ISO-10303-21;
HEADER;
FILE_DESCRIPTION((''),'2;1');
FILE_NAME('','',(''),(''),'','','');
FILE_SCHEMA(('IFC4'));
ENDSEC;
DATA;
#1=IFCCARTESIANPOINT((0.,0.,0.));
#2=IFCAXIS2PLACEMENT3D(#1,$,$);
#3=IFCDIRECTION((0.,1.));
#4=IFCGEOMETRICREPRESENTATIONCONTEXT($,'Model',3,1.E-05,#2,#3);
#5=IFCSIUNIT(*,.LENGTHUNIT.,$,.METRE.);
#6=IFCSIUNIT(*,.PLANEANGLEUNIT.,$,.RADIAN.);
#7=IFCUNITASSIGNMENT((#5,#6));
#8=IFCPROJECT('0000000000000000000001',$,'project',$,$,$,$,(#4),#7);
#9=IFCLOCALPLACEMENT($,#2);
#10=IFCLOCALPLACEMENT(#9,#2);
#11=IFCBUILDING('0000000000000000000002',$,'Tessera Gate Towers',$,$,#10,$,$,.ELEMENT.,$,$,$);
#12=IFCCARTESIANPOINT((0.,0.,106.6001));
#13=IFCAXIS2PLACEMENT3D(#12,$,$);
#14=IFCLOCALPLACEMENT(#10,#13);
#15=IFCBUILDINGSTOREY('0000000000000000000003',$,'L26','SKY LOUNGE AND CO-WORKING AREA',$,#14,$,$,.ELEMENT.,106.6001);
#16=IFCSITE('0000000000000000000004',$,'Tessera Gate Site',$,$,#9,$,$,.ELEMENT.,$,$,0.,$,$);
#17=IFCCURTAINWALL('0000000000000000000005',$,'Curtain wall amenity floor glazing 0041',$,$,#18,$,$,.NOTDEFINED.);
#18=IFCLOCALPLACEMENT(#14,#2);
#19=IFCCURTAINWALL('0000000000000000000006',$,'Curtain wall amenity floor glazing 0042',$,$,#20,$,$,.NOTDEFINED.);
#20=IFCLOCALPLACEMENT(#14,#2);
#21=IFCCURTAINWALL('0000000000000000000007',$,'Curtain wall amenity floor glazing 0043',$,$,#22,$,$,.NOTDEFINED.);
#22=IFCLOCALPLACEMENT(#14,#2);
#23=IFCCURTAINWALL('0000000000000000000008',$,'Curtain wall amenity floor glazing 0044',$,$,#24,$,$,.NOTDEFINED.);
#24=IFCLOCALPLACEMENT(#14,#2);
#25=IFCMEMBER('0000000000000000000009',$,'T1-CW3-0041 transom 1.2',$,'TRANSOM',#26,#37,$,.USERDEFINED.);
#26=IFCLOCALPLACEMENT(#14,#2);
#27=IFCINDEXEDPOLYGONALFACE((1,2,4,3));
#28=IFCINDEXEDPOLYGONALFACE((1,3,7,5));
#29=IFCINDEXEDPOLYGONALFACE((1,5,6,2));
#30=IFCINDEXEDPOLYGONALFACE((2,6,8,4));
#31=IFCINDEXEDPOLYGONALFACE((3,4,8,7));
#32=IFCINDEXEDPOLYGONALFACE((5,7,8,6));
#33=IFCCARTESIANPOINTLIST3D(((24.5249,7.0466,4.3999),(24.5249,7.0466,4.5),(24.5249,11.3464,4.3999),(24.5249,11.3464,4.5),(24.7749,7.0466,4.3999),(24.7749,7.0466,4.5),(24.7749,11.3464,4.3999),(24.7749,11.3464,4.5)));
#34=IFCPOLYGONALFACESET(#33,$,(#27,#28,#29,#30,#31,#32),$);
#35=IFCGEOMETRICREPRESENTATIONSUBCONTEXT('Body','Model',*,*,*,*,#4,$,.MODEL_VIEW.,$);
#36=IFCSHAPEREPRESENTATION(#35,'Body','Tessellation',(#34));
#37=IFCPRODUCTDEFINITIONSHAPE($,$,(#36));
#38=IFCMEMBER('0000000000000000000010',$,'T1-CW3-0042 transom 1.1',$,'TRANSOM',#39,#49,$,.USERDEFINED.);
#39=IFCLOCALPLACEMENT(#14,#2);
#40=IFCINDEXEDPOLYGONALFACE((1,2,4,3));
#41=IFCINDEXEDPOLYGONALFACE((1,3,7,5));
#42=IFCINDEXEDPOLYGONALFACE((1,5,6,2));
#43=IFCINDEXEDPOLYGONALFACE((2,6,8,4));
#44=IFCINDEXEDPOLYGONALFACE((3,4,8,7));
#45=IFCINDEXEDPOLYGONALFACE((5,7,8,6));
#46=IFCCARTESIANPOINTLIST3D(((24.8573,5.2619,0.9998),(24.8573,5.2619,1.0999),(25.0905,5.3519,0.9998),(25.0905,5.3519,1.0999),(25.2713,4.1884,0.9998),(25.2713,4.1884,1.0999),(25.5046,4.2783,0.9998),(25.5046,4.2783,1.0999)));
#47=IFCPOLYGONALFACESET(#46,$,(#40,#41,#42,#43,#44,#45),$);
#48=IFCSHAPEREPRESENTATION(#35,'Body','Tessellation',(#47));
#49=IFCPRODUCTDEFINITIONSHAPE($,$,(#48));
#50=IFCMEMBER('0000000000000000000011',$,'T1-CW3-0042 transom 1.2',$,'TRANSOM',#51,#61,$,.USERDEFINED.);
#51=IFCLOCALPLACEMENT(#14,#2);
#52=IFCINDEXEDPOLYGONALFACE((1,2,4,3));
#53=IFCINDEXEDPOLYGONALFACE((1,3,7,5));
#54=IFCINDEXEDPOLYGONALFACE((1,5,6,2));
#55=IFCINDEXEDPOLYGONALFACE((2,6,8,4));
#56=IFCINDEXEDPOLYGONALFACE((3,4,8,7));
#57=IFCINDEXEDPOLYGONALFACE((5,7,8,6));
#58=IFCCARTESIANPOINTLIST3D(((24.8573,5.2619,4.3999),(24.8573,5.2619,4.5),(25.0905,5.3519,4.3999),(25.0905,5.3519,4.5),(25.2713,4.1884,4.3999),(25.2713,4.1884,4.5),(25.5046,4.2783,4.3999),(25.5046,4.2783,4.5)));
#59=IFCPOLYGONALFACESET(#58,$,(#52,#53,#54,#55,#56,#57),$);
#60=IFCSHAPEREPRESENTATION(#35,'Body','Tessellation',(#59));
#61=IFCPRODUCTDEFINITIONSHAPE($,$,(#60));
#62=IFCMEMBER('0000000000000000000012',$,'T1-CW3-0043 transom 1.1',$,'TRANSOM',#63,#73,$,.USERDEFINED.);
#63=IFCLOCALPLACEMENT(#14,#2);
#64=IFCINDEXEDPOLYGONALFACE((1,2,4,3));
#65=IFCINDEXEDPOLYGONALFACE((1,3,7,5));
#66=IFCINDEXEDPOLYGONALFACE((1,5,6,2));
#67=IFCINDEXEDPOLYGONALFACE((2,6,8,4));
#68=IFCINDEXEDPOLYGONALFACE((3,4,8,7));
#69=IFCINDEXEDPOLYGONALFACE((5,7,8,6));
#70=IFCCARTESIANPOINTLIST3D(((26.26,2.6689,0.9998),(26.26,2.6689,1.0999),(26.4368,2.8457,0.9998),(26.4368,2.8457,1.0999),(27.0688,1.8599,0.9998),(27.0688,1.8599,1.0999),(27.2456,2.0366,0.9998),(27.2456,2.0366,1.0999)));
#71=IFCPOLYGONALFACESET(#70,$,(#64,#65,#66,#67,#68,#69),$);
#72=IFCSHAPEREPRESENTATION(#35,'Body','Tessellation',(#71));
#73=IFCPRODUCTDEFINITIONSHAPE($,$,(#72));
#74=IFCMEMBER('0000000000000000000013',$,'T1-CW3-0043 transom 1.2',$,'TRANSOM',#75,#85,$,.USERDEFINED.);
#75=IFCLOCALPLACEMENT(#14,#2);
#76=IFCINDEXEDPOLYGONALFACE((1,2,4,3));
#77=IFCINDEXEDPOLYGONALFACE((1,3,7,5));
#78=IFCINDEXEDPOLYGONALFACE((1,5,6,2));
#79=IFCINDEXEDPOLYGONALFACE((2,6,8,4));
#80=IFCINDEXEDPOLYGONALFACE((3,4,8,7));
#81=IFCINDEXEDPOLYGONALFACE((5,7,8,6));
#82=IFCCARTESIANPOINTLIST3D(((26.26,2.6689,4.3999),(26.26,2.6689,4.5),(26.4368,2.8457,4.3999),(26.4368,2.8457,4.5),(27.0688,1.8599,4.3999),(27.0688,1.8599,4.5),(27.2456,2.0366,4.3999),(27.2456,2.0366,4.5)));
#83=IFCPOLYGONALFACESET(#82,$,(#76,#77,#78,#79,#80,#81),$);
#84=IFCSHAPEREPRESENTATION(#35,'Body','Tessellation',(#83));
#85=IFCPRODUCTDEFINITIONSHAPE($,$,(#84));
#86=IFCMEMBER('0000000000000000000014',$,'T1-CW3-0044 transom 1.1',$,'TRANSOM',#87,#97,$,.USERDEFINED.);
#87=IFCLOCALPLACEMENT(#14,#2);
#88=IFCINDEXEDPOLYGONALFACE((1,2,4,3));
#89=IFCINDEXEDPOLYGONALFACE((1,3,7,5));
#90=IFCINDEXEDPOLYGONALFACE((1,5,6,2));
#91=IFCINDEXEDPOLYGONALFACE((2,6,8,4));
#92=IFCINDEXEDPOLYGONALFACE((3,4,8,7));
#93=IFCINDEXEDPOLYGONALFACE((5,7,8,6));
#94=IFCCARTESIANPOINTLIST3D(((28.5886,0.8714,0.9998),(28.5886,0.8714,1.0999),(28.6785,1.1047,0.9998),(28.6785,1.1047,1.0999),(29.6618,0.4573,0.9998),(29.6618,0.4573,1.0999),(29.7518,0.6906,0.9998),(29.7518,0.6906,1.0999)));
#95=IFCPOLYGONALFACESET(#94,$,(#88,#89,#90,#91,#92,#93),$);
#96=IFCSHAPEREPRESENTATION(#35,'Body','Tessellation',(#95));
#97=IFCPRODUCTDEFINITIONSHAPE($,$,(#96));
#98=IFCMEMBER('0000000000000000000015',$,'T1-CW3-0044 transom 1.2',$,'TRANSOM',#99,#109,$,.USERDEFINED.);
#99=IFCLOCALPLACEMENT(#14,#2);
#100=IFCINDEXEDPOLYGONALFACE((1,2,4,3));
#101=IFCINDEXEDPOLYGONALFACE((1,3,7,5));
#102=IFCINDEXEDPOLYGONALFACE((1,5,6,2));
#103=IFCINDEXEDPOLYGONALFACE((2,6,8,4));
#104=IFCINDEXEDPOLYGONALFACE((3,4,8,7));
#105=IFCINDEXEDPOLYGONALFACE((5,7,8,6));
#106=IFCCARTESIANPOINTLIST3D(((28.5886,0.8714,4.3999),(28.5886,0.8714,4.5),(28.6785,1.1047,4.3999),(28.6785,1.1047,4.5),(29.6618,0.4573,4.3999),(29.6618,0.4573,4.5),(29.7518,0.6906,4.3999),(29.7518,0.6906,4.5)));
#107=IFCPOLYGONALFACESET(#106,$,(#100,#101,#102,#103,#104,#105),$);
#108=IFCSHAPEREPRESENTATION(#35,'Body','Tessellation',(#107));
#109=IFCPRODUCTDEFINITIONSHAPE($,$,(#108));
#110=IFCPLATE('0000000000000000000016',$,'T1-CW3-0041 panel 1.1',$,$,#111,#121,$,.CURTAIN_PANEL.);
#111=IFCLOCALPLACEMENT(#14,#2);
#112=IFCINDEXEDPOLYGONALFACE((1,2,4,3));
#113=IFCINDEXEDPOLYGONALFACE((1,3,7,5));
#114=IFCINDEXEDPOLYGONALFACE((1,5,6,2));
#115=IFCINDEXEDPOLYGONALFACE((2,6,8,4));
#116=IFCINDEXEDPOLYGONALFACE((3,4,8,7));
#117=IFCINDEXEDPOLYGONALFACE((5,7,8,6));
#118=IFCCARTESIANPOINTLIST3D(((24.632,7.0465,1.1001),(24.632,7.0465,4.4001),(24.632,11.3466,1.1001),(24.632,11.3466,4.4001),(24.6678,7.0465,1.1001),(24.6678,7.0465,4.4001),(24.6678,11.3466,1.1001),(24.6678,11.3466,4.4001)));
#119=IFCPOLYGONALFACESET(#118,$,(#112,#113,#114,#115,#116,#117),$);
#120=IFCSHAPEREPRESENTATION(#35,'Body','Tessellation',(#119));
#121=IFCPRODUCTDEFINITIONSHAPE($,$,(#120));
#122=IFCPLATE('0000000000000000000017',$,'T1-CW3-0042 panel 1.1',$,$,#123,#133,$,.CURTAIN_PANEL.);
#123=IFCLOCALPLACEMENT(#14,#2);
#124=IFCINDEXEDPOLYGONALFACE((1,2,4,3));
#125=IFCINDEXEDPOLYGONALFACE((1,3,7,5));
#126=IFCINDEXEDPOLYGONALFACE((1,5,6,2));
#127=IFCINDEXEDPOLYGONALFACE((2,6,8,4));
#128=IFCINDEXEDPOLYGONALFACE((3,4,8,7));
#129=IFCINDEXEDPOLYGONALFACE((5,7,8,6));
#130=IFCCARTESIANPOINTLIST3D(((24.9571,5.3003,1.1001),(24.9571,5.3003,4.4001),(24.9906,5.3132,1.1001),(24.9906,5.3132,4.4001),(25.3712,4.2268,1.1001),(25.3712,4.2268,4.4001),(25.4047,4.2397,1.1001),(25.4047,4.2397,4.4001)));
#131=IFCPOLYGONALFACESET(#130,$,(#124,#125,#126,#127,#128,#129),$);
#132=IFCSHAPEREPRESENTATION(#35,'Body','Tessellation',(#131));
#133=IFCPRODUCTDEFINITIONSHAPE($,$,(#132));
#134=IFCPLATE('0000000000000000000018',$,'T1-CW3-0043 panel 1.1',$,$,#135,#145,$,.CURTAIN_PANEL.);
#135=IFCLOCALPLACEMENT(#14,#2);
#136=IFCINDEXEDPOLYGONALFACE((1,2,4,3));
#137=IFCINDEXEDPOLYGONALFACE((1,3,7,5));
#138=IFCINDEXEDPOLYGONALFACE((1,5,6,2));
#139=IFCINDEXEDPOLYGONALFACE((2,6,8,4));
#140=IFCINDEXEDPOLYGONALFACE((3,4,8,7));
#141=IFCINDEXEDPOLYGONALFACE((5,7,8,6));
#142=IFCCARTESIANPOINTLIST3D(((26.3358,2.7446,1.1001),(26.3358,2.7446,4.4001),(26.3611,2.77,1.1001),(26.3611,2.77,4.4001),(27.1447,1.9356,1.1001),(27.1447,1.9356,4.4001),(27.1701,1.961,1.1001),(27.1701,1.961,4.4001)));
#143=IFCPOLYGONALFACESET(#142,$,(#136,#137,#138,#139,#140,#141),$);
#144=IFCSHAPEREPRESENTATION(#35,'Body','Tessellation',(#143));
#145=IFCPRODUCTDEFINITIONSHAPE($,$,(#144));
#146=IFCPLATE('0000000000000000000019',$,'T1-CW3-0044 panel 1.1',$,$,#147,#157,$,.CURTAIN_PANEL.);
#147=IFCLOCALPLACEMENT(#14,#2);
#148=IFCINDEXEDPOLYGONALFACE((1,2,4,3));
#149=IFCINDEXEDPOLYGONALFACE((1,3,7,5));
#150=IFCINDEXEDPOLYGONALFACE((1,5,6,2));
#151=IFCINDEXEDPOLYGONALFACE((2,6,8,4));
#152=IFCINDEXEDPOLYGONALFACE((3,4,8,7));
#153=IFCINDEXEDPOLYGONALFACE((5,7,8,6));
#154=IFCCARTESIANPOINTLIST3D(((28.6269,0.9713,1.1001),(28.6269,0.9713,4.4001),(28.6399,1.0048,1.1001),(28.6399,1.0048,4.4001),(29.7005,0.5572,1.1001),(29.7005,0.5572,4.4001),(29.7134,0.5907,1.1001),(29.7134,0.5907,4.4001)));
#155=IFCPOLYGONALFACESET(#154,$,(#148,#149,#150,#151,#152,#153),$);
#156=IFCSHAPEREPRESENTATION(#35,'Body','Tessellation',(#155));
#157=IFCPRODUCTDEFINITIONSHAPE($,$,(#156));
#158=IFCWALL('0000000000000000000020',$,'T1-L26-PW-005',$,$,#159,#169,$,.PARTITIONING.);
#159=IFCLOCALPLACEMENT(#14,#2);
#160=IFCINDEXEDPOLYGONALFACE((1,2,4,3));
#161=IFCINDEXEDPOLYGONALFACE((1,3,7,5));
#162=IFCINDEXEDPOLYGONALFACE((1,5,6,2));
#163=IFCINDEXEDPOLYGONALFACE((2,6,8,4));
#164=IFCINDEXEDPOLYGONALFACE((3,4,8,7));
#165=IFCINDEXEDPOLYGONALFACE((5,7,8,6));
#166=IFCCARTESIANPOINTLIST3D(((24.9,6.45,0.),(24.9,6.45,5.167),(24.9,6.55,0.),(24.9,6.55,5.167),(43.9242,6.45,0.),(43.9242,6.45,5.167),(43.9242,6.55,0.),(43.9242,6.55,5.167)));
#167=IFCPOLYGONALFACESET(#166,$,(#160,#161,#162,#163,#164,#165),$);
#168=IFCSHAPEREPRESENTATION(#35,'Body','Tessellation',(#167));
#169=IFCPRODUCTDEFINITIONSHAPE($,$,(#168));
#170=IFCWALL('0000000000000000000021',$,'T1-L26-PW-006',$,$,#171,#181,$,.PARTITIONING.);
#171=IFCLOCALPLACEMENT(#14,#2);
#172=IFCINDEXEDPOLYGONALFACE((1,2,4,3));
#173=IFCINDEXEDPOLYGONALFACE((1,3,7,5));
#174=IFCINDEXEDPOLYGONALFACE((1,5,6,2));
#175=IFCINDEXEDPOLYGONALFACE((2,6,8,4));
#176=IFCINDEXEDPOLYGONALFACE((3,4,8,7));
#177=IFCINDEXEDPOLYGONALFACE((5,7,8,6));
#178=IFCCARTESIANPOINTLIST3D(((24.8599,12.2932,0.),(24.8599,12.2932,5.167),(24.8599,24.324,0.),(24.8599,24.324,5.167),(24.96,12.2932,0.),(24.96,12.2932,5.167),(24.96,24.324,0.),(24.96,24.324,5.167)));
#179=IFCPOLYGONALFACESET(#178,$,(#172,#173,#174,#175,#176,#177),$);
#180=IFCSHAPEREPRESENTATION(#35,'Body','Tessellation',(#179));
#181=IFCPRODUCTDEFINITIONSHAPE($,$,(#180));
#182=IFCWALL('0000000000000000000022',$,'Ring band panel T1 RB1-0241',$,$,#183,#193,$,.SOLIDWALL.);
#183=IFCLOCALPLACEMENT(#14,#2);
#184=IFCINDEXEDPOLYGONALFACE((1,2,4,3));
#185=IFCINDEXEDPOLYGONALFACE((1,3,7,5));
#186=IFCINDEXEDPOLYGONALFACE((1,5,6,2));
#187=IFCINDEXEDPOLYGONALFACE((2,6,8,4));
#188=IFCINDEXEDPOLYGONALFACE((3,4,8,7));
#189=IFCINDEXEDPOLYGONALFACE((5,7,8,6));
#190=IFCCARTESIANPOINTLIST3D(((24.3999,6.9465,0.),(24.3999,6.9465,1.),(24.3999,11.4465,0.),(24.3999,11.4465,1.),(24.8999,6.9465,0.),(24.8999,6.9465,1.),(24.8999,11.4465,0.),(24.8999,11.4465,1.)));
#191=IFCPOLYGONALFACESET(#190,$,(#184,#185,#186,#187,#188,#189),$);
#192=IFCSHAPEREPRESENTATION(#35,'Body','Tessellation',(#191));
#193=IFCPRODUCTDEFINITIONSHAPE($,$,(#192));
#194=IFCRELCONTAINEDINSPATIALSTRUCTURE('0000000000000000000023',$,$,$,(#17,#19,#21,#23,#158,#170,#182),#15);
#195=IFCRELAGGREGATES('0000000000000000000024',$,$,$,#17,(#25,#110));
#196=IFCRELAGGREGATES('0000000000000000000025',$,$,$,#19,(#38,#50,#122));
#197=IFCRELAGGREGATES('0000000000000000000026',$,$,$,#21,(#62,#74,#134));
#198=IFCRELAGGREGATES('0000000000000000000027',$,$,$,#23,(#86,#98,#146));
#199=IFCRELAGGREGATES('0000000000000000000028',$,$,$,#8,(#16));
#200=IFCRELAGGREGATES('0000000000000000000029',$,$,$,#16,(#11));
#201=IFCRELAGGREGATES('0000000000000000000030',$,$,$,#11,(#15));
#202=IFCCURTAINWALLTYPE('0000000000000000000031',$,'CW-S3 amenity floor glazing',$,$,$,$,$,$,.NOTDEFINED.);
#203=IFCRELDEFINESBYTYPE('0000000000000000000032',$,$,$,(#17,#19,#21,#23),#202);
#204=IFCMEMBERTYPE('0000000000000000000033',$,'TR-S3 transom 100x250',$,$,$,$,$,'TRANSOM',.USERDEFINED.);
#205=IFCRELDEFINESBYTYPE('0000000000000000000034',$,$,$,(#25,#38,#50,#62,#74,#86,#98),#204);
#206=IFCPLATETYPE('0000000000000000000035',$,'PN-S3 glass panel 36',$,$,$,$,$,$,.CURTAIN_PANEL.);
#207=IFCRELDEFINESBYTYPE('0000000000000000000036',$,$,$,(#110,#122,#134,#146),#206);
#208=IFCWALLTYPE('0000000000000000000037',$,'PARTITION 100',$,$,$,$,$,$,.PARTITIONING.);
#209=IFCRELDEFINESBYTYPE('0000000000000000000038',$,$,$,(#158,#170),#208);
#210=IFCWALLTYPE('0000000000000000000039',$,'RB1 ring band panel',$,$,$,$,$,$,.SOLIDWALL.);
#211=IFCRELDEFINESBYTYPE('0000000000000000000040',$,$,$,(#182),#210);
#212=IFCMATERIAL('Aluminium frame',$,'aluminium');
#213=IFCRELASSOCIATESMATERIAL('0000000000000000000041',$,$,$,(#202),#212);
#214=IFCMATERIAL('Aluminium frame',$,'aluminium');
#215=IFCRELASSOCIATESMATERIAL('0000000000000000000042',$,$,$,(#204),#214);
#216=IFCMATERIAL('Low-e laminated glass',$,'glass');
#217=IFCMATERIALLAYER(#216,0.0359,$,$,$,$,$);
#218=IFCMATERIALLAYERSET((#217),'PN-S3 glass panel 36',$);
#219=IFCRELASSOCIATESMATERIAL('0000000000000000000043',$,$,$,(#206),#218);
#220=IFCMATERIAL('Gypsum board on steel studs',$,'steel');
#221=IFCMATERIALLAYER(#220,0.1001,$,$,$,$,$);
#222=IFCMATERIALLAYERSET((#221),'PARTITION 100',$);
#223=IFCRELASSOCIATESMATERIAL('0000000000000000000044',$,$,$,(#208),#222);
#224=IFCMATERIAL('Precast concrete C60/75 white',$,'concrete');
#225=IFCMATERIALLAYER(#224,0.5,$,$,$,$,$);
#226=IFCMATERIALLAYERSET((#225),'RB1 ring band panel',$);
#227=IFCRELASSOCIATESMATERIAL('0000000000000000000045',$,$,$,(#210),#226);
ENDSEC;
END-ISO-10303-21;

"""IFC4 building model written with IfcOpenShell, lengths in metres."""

from ifc_helpers import new_model, si_unit, direction, frame, frame_2d, origin, origin_2d, place, context, subcontext, project, spatial, polyline, rectangle, outline, extrude, source, transform, mapped, material, layer, layer_set, material_profile, profile_set, type_object, element, aggregate, save


model = new_model("IFC4")

# Units and contexts
model_context = context("Model", 3, precision=1e-05, world=origin(), true_north=direction((0.0, 1.0)))
body_context = subcontext(model_context, "Body", "Model", "MODEL_VIEW")
ifc_project = project(units=[si_unit("LENGTHUNIT", "METRE"), si_unit("PLANEANGLEUNIT", "RADIAN")], contexts=[model_context])

# Site, building, storey
site_placement = place(None, origin())
site = spatial("IfcSite", under=ifc_project, at=site_placement, Name="Tessera Gate Site", CompositionType="ELEMENT", RefElevation=0.0)
building_placement = place(site_placement, origin())
building = spatial("IfcBuilding", under=site, at=building_placement, Name="Tessera Gate Towers", CompositionType="ELEMENT")
storey_placement = place(building_placement, frame((0.0, 0.0, 106.6001)))
storey = spatial("IfcBuildingStorey", under=building, at=storey_placement, Name="L26", Description="SKY LOUNGE AND CO-WORKING AREA", CompositionType="ELEMENT", Elevation=106.6001)

# Curtain walls
ifc_material_1 = material(Name="Aluminium frame", Category="aluminium")
curtain_wall_type = type_object("IfcCurtainWallType", Name="CW-S3 amenity floor glazing", PredefinedType="NOTDEFINED", material=ifc_material_1)
curtain_wall_1_placement = place(storey_placement, origin())
curtain_wall_1 = element("IfcCurtainWall", 1, at=curtain_wall_1_placement, inside=storey, type_object=curtain_wall_type, Name="Curtain wall amenity floor glazing 0041", PredefinedType="NOTDEFINED")
curtain_wall_2_placement = place(storey_placement, origin())
curtain_wall_2 = element("IfcCurtainWall", 2, at=curtain_wall_2_placement, inside=storey, type_object=curtain_wall_type, Name="Curtain wall amenity floor glazing 0042", PredefinedType="NOTDEFINED")
curtain_wall_3_placement = place(storey_placement, origin())
curtain_wall_3 = element("IfcCurtainWall", 3, at=curtain_wall_3_placement, inside=storey, type_object=curtain_wall_type, Name="Curtain wall amenity floor glazing 0043", PredefinedType="NOTDEFINED")
curtain_wall_4_placement = place(storey_placement, origin())
curtain_wall_4 = element("IfcCurtainWall", 4, at=curtain_wall_4_placement, inside=storey, type_object=curtain_wall_type, Name="Curtain wall amenity floor glazing 0044", PredefinedType="NOTDEFINED")

# Members
ifc_material_2 = material(Name="Aluminium frame", Category="aluminium")
ifc_material_profile_1 = material_profile(ifc_material_2, rectangle(XDim=0.25, YDim=0.1001, at=origin_2d()), Name="AL 100x250")
ifc_profile_set_1 = profile_set([ifc_material_profile_1], Name="Aluminium frame")
member_type_1 = type_object("IfcMemberType", Name="TR-S3 transom 100x250", ElementType="TRANSOM", PredefinedType="USERDEFINED", material=ifc_profile_set_1)
member_1_placement = place(storey_placement, frame((24.6499, 11.3464, 4.45), z_axis=(0.0, -1.0, 0.0), x_axis=(1.0, 0.0, 0.0)))
member_1 = element("IfcMember", 5, at=member_1_placement, type_object=member_type_1, Name="T1-CW3-0041 transom 1.2", ObjectType="TRANSOM", PredefinedType="USERDEFINED", context=body_context, shape_type="SweptSolid", body=[
    extrude(rectangle(XDim=0.25, YDim=0.1001, at=origin_2d()), origin(), (0.0, 0.0, 1.0), 4.2998),
])
member_2_placement = place(storey_placement, frame((24.9739, 5.3069, 1.0498), z_axis=(0.359875, -0.933001, 0.0), x_axis=(0.933001, 0.359875, 0.0)))
member_2 = element("IfcMember", 6, at=member_2_placement, type_object=member_type_1, Name="T1-CW3-0042 transom 1.1", ObjectType="TRANSOM", PredefinedType="USERDEFINED", context=body_context, shape_type="SweptSolid", body=[
    extrude(rectangle(XDim=0.25, YDim=0.1001, at=origin_2d()), origin(), (0.0, 0.0, 1.0), 1.1506),
])
member_3_placement = place(storey_placement, frame((24.9739, 5.3069, 4.45), z_axis=(0.359875, -0.933001, 0.0), x_axis=(0.933001, 0.359875, 0.0)))
member_3 = element("IfcMember", 7, at=member_3_placement, type_object=member_type_1, Name="T1-CW3-0042 transom 1.2", ObjectType="TRANSOM", PredefinedType="USERDEFINED", context=body_context, shape_type="SweptSolid", body=[
    extrude(rectangle(XDim=0.25, YDim=0.1001, at=origin_2d()), origin(), (0.0, 0.0, 1.0), 1.1506),
])
member_4_placement = place(storey_placement, frame((26.3484, 2.7573, 1.0498), z_axis=(0.707, -0.707213, 0.0), x_axis=(0.707213, 0.707, 0.0)))
member_4 = element("IfcMember", 8, at=member_4_placement, type_object=member_type_1, Name="T1-CW3-0043 transom 1.1", ObjectType="TRANSOM", PredefinedType="USERDEFINED", context=body_context, shape_type="SweptSolid", body=[
    extrude(rectangle(XDim=0.25, YDim=0.1001, at=origin_2d()), origin(), (0.0, 0.0, 1.0), 1.144),
])
member_5_placement = place(storey_placement, frame((26.3484, 2.7573, 4.45), z_axis=(0.707, -0.707213, 0.0), x_axis=(0.707213, 0.707, 0.0)))
member_5 = element("IfcMember", 9, at=member_5_placement, type_object=member_type_1, Name="T1-CW3-0043 transom 1.2", ObjectType="TRANSOM", PredefinedType="USERDEFINED", context=body_context, shape_type="SweptSolid", body=[
    extrude(rectangle(XDim=0.25, YDim=0.1001, at=origin_2d()), origin(), (0.0, 0.0, 1.0), 1.144),
])
member_6_placement = place(storey_placement, frame((28.6335, 0.988, 1.0498), z_axis=(0.932973, -0.359946, 0.0), x_axis=(0.359946, 0.932973, 0.0)))
member_6 = element("IfcMember", 10, at=member_6_placement, type_object=member_type_1, Name="T1-CW3-0044 transom 1.1", ObjectType="TRANSOM", PredefinedType="USERDEFINED", context=body_context, shape_type="SweptSolid", body=[
    extrude(rectangle(XDim=0.25, YDim=0.1001, at=origin_2d()), origin(), (0.0, 0.0, 1.0), 1.1504),
])
member_7_placement = place(storey_placement, frame((28.6335, 0.988, 4.45), z_axis=(0.932973, -0.359946, 0.0), x_axis=(0.359946, 0.932973, 0.0)))
member_7 = element("IfcMember", 11, at=member_7_placement, type_object=member_type_1, Name="T1-CW3-0044 transom 1.2", ObjectType="TRANSOM", PredefinedType="USERDEFINED", context=body_context, shape_type="SweptSolid", body=[
    extrude(rectangle(XDim=0.25, YDim=0.1001, at=origin_2d()), origin(), (0.0, 0.0, 1.0), 1.1504),
])

# Plates
ifc_material_3 = material(Name="Low-e laminated glass", Category="glass")
ifc_layer_1 = layer(ifc_material_3, 0.0359)
ifc_layer_set_1 = layer_set([ifc_layer_1], Name="PN-S3 glass panel 36")
plate_type = type_object("IfcPlateType", Name="PN-S3 glass panel 36", PredefinedType="CURTAIN_PANEL", material=ifc_layer_set_1)
plate_1_placement = place(storey_placement, frame((24.6499, 9.1965, 1.1001), z_axis=(0.0, 0.0, 1.0), x_axis=(0.0, -1.0, 0.0)))
plate_1 = element("IfcPlate", 12, at=plate_1_placement, type_object=plate_type, Name="T1-CW3-0041 panel 1.1", PredefinedType="CURTAIN_PANEL", context=body_context, shape_type="SweptSolid", body=[
    extrude(rectangle(XDim=4.3, YDim=0.0359, at=origin_2d()), origin(), (0.0, 0.0, 1.0), 3.3),
])
aggregate(curtain_wall_1, [member_1, plate_1])
plate_2_placement = place(storey_placement, frame((25.1809, 4.77, 1.1001), z_axis=(0.0, 0.0, 1.0), x_axis=(0.359904, -0.932989, 0.0)))
plate_2 = element("IfcPlate", 13, at=plate_2_placement, type_object=plate_type, Name="T1-CW3-0042 panel 1.1", PredefinedType="CURTAIN_PANEL", context=body_context, shape_type="SweptSolid", body=[
    extrude(rectangle(XDim=1.1506, YDim=0.0359, at=origin_2d()), origin(), (0.0, 0.0, 1.0), 3.3),
])
aggregate(curtain_wall_2, [member_2, member_3, plate_2])
plate_3_placement = place(storey_placement, frame((26.7529, 2.3528, 1.1001), z_axis=(0.0, 0.0, 1.0), x_axis=(0.707107, -0.707107, 0.0)))
plate_3 = element("IfcPlate", 14, at=plate_3_placement, type_object=plate_type, Name="T1-CW3-0043 panel 1.1", PredefinedType="CURTAIN_PANEL", context=body_context, shape_type="SweptSolid", body=[
    extrude(rectangle(XDim=1.144, YDim=0.0359, at=origin_2d()), origin(), (0.0, 0.0, 1.0), 3.3),
])
aggregate(curtain_wall_3, [member_4, member_5, plate_3])
plate_4_placement = place(storey_placement, frame((29.1702, 0.781, 1.1001), z_axis=(0.0, 0.0, 1.0), x_axis=(0.932989, -0.359904, 0.0)))
plate_4 = element("IfcPlate", 15, at=plate_4_placement, type_object=plate_type, Name="T1-CW3-0044 panel 1.1", PredefinedType="CURTAIN_PANEL", context=body_context, shape_type="SweptSolid", body=[
    extrude(rectangle(XDim=1.1506, YDim=0.0359, at=origin_2d()), origin(), (0.0, 0.0, 1.0), 3.3),
])
aggregate(curtain_wall_4, [member_6, member_7, plate_4])

# Walls
ifc_material_4 = material(Name="Gypsum board on steel studs", Category="steel")
ifc_layer_2 = layer(ifc_material_4, 0.1001)
ifc_layer_set_2 = layer_set([ifc_layer_2], Name="PARTITION 100")
wall_type_1 = type_object("IfcWallType", Name="PARTITION 100", PredefinedType="PARTITIONING", material=ifc_layer_set_2)
wall_1_placement = place(storey_placement, frame((24.8999, 6.5, 0.0), z_axis=(0.0, 0.0, 1.0), x_axis=(1.0, 0.0, 0.0)))
element("IfcWall", 16, at=wall_1_placement, inside=storey, type_object=wall_type_1, Name="T1-L26-PW-005", PredefinedType="PARTITIONING", context=body_context, shape_type="SweptSolid", body=[
    extrude(rectangle(XDim=19.0242, YDim=0.1001, at=frame_2d((9.5122, 0.0))), origin(), (0.0, 0.0, 1.0), 5.167),
])
wall_2_placement = place(storey_placement, frame((24.9099, 12.2932, 0.0), z_axis=(0.0, 0.0, 1.0), x_axis=(0.0, 1.0, 0.0)))
element("IfcWall", 17, at=wall_2_placement, inside=storey, type_object=wall_type_1, Name="T1-L26-PW-006", PredefinedType="PARTITIONING", context=body_context, shape_type="SweptSolid", body=[
    extrude(rectangle(XDim=12.0308, YDim=0.1001, at=frame_2d((6.0154, 0.0))), origin(), (0.0, 0.0, 1.0), 5.167),
])
ifc_material_5 = material(Name="Precast concrete C60/75 white", Category="concrete")
ifc_layer_3 = layer(ifc_material_5, 0.5)
ifc_layer_set_3 = layer_set([ifc_layer_3], Name="RB1 ring band panel")
wall_type_2 = type_object("IfcWallType", Name="RB1 ring band panel", PredefinedType="SOLIDWALL", material=ifc_layer_set_3)
shared_shape_1 = source(origin(), body_context, "Body", "SweptSolid", [
    extrude(outline(polyline([(0.0, 0.0), (4.5, 0.0), (4.5, 1.0), (0.0, 1.0), (0.0, 0.0)])), frame((0.0, 0.25, 0.0), z_axis=(0.0, -1.0, 0.0), x_axis=(1.0, 0.0, 0.0)), (0.0, 0.0, 1.0), 0.5),
])
wall_3_placement = place(storey_placement, frame((24.6499, 11.4465, 0.0), z_axis=(0.0, 0.0, 1.0), x_axis=(0.0, -1.0, 0.0)))
element("IfcWall", 18, at=wall_3_placement, inside=storey, type_object=wall_type_2, Name="Ring band panel T1 RB1-0241", PredefinedType="SOLIDWALL", context=body_context, shape_type="MappedRepresentation", body=[
    mapped(shared_shape_1, transform((0.0, 0.0, 0.0), scale=1.0)),
])

save(model, "model.ifc")
